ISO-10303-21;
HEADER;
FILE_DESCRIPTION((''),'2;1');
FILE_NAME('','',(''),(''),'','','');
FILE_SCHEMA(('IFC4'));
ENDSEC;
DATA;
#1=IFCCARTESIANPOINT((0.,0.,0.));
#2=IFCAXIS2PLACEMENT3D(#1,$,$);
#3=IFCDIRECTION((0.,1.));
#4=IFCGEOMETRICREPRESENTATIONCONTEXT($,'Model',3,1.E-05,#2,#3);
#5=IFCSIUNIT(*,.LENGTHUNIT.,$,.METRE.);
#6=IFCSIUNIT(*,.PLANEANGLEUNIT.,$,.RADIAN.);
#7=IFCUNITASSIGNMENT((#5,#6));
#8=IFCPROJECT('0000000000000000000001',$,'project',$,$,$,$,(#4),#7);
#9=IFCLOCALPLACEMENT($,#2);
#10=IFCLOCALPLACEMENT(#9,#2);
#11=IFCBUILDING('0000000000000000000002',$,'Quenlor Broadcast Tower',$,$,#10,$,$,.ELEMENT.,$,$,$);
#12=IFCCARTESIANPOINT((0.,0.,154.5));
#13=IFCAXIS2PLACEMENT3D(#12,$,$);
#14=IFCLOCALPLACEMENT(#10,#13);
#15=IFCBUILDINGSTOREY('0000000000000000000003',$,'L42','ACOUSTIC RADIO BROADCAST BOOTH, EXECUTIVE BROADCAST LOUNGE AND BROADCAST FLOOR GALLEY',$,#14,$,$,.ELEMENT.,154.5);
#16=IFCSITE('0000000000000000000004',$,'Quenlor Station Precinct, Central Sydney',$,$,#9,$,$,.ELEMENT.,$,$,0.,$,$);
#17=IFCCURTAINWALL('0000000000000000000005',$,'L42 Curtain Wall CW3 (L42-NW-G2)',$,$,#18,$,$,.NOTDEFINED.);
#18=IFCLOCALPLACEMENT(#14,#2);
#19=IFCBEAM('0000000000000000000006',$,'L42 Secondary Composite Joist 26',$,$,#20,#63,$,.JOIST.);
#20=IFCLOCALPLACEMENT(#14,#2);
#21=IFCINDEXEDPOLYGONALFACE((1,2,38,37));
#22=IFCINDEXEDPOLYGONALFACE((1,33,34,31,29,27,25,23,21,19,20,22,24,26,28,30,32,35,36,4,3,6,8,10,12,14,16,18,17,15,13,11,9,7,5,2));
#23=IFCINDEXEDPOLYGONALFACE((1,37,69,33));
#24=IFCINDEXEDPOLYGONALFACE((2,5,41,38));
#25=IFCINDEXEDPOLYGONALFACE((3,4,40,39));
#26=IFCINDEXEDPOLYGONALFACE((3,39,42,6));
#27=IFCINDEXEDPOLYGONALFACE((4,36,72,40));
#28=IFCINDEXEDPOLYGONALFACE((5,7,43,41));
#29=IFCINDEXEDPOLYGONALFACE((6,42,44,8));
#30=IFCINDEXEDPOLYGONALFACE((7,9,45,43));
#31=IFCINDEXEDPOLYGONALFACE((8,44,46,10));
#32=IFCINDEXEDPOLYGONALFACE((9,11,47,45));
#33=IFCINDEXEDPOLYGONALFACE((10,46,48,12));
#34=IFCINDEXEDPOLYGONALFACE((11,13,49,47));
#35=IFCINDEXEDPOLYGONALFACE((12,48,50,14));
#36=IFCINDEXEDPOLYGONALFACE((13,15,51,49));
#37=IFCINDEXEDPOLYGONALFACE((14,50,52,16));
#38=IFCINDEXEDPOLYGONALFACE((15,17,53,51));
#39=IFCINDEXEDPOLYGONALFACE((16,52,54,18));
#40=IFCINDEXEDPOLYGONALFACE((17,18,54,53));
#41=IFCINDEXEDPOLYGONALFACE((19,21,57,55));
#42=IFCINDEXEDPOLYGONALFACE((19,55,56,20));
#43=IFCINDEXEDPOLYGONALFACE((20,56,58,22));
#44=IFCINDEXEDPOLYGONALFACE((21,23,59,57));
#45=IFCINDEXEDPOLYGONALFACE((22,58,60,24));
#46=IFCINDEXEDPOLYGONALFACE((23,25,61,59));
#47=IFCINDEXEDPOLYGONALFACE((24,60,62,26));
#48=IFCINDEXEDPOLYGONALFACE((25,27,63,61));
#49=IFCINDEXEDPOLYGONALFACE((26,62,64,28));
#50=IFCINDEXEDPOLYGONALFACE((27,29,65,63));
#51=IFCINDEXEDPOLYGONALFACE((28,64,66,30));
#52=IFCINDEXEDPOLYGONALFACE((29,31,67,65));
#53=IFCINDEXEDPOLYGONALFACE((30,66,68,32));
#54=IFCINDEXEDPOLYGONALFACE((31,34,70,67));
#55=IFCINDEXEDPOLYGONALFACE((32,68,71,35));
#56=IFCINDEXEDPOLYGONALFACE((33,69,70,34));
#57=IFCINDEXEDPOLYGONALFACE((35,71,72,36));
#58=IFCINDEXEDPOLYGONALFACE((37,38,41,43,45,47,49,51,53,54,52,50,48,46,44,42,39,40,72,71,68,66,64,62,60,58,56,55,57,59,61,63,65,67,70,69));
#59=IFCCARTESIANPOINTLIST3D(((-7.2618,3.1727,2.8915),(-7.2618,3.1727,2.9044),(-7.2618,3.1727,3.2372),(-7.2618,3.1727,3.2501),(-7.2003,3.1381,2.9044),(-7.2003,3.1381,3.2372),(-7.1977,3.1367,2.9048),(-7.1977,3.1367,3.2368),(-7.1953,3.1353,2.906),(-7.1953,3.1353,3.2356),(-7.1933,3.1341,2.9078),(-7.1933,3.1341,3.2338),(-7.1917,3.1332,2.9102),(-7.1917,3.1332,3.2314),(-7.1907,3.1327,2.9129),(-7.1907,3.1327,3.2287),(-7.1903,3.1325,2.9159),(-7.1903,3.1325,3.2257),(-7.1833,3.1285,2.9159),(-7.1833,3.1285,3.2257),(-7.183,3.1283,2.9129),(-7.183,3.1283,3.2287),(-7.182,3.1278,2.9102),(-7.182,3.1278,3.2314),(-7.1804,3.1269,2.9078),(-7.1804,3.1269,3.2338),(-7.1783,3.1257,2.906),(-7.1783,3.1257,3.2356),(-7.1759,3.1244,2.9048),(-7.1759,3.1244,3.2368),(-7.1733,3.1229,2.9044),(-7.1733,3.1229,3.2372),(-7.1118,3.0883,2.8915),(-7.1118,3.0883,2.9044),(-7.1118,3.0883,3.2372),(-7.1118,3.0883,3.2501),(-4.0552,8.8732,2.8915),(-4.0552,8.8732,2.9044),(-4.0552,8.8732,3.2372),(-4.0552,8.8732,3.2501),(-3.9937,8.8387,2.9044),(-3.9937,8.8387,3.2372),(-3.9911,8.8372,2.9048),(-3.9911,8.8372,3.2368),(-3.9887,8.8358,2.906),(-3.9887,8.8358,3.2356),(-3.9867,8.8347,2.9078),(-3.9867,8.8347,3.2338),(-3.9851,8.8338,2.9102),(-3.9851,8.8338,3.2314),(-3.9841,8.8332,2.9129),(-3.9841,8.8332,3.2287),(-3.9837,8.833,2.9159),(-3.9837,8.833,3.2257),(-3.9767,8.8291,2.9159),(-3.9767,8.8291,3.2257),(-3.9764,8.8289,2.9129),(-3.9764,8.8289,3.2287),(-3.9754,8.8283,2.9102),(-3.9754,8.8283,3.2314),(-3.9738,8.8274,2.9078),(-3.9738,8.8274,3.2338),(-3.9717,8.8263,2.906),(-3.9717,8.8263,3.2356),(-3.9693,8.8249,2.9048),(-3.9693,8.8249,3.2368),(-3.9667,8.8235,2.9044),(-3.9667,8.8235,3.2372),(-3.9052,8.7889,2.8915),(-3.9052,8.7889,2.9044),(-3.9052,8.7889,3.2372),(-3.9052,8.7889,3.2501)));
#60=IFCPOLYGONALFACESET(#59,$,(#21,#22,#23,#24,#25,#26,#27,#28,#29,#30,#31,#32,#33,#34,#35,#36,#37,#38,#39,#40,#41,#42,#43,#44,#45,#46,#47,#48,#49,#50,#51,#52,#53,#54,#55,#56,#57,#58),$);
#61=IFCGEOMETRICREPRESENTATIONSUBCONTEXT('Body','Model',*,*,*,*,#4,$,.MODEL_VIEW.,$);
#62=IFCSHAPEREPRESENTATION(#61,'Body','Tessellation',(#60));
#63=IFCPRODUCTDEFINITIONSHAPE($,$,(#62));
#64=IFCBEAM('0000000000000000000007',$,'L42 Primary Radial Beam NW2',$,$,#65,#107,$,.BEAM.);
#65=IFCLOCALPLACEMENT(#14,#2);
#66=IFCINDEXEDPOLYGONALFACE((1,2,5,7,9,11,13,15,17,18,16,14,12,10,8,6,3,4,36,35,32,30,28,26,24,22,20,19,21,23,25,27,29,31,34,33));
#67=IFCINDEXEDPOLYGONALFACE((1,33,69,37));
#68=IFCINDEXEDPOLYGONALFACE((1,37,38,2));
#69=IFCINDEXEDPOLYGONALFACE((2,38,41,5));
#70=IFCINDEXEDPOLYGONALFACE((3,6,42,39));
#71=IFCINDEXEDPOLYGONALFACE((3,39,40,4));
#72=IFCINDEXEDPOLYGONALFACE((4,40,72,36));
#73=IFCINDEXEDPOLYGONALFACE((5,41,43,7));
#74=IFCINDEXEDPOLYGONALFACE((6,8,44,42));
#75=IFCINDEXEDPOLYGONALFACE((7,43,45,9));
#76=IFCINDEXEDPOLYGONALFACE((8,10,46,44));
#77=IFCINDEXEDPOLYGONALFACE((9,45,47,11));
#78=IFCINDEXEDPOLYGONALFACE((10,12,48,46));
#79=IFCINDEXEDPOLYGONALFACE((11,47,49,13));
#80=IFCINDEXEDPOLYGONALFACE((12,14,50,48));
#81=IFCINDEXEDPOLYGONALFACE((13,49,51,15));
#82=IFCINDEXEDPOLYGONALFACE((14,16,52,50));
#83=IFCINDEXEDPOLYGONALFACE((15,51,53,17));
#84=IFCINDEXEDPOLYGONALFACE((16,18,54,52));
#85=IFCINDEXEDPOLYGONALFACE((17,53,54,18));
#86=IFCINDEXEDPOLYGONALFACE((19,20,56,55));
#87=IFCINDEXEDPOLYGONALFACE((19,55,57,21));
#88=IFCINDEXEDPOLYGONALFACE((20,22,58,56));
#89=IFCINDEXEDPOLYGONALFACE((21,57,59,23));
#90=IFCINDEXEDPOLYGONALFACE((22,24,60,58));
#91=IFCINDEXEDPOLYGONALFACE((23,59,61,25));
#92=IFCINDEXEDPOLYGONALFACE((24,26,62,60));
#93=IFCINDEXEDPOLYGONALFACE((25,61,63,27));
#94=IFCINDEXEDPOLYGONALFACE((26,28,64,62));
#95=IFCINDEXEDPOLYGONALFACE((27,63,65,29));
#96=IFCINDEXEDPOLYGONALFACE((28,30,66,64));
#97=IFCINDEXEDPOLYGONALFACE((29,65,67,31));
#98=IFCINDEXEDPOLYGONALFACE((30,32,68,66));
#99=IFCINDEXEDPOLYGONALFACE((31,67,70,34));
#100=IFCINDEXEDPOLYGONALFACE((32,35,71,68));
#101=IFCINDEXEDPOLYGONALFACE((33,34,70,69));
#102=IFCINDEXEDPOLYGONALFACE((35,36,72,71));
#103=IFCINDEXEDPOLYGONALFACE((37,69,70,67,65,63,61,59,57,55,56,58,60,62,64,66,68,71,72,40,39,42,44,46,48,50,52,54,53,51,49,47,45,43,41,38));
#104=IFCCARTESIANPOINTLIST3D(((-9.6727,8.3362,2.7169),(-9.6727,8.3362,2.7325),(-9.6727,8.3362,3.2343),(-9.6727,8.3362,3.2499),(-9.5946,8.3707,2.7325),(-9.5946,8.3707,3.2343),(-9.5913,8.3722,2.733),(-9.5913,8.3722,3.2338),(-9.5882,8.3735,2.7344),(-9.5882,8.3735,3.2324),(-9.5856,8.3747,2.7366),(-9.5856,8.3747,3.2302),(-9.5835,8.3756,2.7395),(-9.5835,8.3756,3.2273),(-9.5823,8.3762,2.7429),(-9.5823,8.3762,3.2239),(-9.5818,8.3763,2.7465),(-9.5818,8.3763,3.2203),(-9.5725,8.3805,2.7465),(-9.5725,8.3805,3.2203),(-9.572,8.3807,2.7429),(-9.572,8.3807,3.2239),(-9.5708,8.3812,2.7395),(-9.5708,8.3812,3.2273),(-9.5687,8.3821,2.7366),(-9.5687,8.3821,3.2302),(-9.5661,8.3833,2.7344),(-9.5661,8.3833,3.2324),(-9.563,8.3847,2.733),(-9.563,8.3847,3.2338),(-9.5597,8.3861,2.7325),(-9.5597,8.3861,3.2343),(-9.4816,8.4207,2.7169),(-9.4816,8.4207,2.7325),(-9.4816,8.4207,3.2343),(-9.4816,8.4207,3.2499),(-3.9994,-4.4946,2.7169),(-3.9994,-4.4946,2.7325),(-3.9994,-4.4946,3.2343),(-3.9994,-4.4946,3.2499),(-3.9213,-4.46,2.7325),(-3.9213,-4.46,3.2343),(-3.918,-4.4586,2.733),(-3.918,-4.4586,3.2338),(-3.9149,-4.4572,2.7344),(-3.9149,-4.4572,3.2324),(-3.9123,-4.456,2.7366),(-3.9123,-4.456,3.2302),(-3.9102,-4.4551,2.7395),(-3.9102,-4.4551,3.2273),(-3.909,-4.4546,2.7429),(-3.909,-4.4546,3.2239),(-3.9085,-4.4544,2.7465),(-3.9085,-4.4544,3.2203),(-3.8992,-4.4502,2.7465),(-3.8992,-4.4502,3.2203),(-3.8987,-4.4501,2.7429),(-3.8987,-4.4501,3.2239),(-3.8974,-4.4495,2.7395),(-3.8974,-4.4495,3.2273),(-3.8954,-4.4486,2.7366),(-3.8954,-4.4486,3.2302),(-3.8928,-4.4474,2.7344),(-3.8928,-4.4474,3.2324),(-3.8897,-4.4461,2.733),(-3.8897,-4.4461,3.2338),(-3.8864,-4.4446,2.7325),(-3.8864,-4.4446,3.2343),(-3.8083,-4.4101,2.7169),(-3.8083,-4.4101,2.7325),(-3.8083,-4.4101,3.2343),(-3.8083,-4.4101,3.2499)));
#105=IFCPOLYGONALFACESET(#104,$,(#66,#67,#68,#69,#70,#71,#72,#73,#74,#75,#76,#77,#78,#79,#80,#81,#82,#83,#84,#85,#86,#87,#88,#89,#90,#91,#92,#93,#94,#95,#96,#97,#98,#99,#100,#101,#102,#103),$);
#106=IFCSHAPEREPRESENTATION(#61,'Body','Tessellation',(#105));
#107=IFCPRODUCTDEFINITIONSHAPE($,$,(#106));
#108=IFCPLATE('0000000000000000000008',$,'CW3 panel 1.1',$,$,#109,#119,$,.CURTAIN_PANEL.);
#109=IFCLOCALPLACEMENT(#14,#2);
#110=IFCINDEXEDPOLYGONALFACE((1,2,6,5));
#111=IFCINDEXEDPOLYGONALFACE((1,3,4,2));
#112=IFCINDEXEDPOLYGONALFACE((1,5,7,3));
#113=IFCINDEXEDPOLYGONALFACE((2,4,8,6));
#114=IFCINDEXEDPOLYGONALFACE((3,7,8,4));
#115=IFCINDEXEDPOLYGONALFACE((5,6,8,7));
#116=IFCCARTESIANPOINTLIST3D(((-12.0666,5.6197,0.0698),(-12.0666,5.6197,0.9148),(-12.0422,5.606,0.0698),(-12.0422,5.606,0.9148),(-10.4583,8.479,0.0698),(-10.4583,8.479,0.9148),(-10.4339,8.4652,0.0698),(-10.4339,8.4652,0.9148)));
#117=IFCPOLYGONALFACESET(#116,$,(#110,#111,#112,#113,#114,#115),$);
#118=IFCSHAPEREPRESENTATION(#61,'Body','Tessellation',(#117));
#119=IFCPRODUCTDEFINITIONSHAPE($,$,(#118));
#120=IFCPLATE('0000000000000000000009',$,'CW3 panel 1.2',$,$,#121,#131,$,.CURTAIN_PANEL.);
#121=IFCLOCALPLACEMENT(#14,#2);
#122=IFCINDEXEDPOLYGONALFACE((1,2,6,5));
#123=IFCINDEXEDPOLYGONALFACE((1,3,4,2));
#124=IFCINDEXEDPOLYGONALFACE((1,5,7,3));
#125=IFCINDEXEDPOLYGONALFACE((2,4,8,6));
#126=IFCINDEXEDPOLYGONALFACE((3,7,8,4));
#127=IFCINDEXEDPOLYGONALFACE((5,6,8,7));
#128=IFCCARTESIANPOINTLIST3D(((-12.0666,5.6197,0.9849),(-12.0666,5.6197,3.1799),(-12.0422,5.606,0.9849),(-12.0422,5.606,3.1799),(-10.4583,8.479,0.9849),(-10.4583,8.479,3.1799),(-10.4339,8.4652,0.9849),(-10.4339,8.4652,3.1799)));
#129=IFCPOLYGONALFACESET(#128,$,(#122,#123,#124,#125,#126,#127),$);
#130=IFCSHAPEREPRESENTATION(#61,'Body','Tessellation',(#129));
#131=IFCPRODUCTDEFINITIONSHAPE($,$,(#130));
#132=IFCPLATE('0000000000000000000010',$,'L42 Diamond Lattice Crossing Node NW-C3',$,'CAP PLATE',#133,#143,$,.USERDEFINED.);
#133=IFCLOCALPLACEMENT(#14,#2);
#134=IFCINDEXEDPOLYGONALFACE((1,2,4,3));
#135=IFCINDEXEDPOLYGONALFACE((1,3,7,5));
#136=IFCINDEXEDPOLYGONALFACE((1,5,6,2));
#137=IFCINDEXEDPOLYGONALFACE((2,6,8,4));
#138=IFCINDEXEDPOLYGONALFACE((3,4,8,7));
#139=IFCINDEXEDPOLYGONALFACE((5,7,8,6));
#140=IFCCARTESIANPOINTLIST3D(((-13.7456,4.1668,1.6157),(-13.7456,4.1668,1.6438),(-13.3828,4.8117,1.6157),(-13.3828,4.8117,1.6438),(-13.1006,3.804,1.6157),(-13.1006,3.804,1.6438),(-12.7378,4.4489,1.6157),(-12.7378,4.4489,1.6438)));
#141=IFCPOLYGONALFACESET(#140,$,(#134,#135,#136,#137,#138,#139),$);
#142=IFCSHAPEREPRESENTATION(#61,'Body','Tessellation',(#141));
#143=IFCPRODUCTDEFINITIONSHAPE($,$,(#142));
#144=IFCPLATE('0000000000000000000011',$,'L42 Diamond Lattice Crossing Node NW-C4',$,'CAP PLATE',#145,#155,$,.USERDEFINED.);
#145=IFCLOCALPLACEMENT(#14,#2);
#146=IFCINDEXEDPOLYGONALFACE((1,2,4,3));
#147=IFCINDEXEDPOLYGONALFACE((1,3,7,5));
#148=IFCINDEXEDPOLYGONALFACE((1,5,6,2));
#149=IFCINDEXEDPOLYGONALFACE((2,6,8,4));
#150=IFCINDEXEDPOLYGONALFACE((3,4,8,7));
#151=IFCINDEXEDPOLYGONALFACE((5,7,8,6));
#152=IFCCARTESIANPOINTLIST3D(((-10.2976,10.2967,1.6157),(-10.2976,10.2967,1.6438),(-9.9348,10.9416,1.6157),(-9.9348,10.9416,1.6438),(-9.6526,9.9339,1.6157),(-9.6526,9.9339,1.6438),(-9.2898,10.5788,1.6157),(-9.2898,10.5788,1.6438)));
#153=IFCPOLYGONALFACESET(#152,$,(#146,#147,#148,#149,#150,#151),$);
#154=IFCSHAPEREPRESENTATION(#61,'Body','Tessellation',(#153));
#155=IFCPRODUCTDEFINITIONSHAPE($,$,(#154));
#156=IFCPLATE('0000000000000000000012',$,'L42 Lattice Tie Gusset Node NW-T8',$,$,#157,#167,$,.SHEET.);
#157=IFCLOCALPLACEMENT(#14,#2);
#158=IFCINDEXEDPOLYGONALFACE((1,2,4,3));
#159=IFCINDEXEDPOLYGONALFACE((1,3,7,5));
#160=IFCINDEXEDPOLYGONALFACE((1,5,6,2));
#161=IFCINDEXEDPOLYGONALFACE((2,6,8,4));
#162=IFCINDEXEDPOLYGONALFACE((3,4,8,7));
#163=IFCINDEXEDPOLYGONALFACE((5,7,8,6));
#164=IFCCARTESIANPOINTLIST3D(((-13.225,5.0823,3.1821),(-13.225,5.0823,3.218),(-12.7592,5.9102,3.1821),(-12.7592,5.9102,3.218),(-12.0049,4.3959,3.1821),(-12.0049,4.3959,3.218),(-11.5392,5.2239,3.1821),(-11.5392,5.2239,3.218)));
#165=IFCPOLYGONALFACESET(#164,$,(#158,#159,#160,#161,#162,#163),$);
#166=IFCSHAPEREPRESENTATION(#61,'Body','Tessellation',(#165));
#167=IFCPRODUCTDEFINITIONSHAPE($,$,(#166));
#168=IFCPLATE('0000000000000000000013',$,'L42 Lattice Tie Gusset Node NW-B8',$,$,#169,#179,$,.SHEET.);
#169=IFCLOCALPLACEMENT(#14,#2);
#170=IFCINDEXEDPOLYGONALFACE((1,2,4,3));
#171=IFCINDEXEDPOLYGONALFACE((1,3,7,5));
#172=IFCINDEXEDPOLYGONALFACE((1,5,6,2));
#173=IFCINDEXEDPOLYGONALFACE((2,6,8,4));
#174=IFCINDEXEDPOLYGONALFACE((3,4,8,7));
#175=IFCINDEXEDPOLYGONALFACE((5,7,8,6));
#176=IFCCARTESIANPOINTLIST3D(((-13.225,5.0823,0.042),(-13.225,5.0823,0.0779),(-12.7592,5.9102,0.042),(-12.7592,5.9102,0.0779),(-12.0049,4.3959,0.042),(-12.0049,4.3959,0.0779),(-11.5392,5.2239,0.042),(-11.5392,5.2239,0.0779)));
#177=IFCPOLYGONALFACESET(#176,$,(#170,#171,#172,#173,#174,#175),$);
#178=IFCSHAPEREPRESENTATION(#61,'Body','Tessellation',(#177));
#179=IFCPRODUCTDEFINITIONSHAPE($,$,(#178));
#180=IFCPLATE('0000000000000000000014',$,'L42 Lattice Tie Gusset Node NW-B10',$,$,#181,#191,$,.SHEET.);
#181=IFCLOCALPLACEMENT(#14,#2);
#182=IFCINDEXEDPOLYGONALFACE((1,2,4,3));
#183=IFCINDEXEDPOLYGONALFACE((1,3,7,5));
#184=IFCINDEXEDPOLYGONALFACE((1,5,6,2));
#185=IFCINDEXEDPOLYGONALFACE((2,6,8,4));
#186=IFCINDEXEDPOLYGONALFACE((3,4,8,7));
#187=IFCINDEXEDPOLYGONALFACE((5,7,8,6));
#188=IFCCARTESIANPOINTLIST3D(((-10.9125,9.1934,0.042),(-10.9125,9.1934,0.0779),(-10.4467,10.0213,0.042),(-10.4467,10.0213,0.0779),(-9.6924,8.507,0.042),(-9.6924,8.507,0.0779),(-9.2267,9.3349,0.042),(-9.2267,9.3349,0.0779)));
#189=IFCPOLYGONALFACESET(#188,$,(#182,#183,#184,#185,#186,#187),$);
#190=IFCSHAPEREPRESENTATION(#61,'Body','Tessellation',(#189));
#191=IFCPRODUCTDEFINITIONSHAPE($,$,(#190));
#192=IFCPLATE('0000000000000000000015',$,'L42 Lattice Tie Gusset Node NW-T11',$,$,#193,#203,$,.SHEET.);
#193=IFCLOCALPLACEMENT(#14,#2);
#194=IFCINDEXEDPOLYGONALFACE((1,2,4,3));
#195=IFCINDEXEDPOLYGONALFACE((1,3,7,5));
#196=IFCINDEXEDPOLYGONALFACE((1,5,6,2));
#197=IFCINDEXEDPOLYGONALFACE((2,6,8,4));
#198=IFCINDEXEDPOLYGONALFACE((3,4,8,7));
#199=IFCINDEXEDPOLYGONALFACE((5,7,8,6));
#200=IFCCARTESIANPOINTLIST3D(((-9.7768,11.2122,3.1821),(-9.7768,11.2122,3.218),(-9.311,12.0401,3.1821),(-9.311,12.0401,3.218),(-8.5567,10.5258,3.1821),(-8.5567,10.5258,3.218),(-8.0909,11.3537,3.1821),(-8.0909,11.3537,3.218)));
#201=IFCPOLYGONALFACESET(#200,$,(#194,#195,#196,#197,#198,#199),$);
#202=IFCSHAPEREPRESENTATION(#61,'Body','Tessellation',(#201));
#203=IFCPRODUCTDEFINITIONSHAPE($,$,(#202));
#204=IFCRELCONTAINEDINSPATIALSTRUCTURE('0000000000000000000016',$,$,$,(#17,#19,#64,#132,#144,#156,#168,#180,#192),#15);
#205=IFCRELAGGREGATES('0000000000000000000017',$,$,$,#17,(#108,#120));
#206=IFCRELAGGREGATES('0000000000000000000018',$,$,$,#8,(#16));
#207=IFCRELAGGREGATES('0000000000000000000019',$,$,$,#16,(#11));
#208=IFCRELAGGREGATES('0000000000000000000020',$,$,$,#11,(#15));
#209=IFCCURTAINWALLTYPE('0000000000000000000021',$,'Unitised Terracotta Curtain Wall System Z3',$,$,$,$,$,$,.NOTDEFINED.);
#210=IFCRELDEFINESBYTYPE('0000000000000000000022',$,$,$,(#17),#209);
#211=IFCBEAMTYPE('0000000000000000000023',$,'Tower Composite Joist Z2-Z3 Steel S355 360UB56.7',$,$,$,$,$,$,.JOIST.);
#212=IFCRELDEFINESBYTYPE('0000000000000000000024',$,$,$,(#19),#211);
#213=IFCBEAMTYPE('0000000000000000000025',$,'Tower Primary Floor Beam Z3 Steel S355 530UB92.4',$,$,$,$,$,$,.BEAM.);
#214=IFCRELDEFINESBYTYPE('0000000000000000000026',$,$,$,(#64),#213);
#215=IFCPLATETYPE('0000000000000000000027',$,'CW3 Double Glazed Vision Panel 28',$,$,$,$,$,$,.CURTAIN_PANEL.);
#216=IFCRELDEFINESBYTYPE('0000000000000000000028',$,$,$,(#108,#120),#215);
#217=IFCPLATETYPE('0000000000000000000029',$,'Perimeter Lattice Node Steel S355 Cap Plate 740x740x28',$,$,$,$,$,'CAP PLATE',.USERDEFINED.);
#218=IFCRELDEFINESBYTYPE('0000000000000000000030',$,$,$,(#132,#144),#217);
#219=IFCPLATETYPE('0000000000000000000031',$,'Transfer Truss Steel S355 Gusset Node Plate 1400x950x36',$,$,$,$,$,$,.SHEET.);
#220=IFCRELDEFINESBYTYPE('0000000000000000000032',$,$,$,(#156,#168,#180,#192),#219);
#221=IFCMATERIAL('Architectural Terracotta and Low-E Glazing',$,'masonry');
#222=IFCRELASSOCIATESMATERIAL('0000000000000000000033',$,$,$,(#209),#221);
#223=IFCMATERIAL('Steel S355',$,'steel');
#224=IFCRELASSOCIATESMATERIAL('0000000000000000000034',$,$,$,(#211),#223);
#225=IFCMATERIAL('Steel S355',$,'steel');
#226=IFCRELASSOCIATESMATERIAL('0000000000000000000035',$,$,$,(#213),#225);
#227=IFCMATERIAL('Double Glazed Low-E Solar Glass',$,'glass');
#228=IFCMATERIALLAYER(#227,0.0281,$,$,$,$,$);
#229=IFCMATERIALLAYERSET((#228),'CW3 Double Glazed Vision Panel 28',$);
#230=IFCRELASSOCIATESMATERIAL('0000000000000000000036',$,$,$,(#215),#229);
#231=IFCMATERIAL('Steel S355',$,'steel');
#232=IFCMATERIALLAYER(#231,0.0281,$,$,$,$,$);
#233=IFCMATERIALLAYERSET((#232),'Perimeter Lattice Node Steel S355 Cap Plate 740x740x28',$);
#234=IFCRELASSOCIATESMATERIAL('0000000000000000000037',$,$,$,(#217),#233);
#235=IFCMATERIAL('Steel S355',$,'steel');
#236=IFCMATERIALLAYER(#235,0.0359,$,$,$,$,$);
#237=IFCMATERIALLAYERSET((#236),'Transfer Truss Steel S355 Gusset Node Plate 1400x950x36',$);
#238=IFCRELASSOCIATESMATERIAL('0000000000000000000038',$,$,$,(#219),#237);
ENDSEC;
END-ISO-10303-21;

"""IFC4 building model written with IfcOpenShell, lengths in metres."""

from ifc_helpers import new_model, si_unit, direction, frame, origin, origin_2d, place, context, subcontext, project, spatial, rectangle, i_section, extrude, material, layer, layer_set, material_profile, profile_set, type_object, element, aggregate, save


model = new_model("IFC4")

# Units and contexts
model_context = context("Model", 3, precision=1e-05, world=origin(), true_north=direction((0.0, 1.0)))
body_context = subcontext(model_context, "Body", "Model", "MODEL_VIEW")
ifc_project = project(units=[si_unit("LENGTHUNIT", "METRE"), si_unit("PLANEANGLEUNIT", "RADIAN")], contexts=[model_context])

# Site, building, storey
site_placement = place(None, origin())
site = spatial("IfcSite", under=ifc_project, at=site_placement, Name="Quenlor Station Precinct, Central Sydney", CompositionType="ELEMENT", RefElevation=0.0)
building_placement = place(site_placement, origin())
building = spatial("IfcBuilding", under=site, at=building_placement, Name="Quenlor Broadcast Tower", CompositionType="ELEMENT")
storey_placement = place(building_placement, frame((0.0, 0.0, 154.5)))
storey = spatial("IfcBuildingStorey", under=building, at=storey_placement, Name="L42", Description="ACOUSTIC RADIO BROADCAST BOOTH, EXECUTIVE BROADCAST LOUNGE AND BROADCAST FLOOR GALLEY", CompositionType="ELEMENT", Elevation=154.5)

# Curtain wall
ifc_material_1 = material(Name="Architectural Terracotta and Low-E Glazing", Category="masonry")
curtain_wall_type = type_object("IfcCurtainWallType", Name="Unitised Terracotta Curtain Wall System Z3", PredefinedType="NOTDEFINED", material=ifc_material_1)
curtain_wall_placement = place(storey_placement, origin())
curtain_wall = element("IfcCurtainWall", 1, at=curtain_wall_placement, inside=storey, type_object=curtain_wall_type, Name="L42 Curtain Wall CW3 (L42-NW-G2)", PredefinedType="NOTDEFINED")

# Beams
ifc_material_2 = material(Name="Steel S355", Category="steel")
ifc_material_profile_1 = material_profile(ifc_material_2, i_section(OverallWidth=0.1721, OverallDepth=0.3586, WebThickness=0.0081, FlangeThickness=0.0129, FilletRadius=0.0115, at=origin_2d()))
ifc_profile_set_1 = profile_set([ifc_material_profile_1], Name="Steel S355 360UB56.7")
beam_type_1 = type_object("IfcBeamType", Name="Tower Composite Joist Z2-Z3 Steel S355 360UB56.7", PredefinedType="JOIST", material=ifc_profile_set_1)
beam_1_placement = place(storey_placement, frame((-3.9802, 8.8311, 3.0708), z_axis=(-0.490267, -0.871573, 0.0), x_axis=(0.871573, -0.490267, 0.0)))
element("IfcBeam", 2, at=beam_1_placement, inside=storey, type_object=beam_type_1, Name="L42 Secondary Composite Joist 26", PredefinedType="JOIST", context=body_context, shape_type="SweptSolid", body=[
    extrude(i_section(OverallWidth=0.1721, OverallDepth=0.3586, WebThickness=0.0081, FlangeThickness=0.0129, FilletRadius=0.0115, at=origin_2d()), origin(), (0.0, 0.0, 1.0), 6.5405),
])
ifc_material_3 = material(Name="Steel S355", Category="steel")
ifc_material_profile_2 = material_profile(ifc_material_3, i_section(OverallWidth=0.209, OverallDepth=0.533, WebThickness=0.0103, FlangeThickness=0.0156, FilletRadius=0.0139, at=origin_2d()))
ifc_profile_set_2 = profile_set([ifc_material_profile_2], Name="Steel S355 530UB92.4")
beam_type_2 = type_object("IfcBeamType", Name="Tower Primary Floor Beam Z3 Steel S355 530UB92.4", PredefinedType="BEAM", material=ifc_profile_set_2)
beam_2_placement = place(storey_placement, frame((-9.5771, 8.3784, 2.9834), z_axis=(0.404397, -0.914583, 0.0), x_axis=(0.914583, 0.404397, 0.0)))
element("IfcBeam", 3, at=beam_2_placement, inside=storey, type_object=beam_type_2, Name="L42 Primary Radial Beam NW2", PredefinedType="BEAM", context=body_context, shape_type="SweptSolid", body=[
    extrude(i_section(OverallWidth=0.209, OverallDepth=0.533, WebThickness=0.0103, FlangeThickness=0.0156, FilletRadius=0.0139, at=origin_2d()), origin(), (0.0, 0.0, 1.0), 14.0291),
])

# Plates
ifc_material_4 = material(Name="Double Glazed Low-E Solar Glass", Category="glass")
ifc_layer_1 = layer(ifc_material_4, 0.0281)
ifc_layer_set_1 = layer_set([ifc_layer_1], Name="CW3 Double Glazed Vision Panel 28")
plate_type_1 = type_object("IfcPlateType", Name="CW3 Double Glazed Vision Panel 28", PredefinedType="CURTAIN_PANEL", material=ifc_layer_set_1)
plate_1_placement = place(storey_placement, frame((-11.2502, 7.0425, 0.0698), z_axis=(0.0, 0.0, 1.0), x_axis=(0.490256, 0.871579, 0.0)))
plate_1 = element("IfcPlate", 4, at=plate_1_placement, type_object=plate_type_1, Name="CW3 panel 1.1", PredefinedType="CURTAIN_PANEL", context=body_context, shape_type="SweptSolid", body=[
    extrude(rectangle(XDim=3.2805, YDim=0.0281, at=origin_2d()), origin(), (0.0, 0.0, 1.0), 0.845),
])
plate_2_placement = place(storey_placement, frame((-11.2502, 7.0425, 0.9849), z_axis=(0.0, 0.0, 1.0), x_axis=(0.490256, 0.871579, 0.0)))
plate_2 = element("IfcPlate", 5, at=plate_2_placement, type_object=plate_type_1, Name="CW3 panel 1.2", PredefinedType="CURTAIN_PANEL", context=body_context, shape_type="SweptSolid", body=[
    extrude(rectangle(XDim=3.2805, YDim=0.0281, at=origin_2d()), origin(), (0.0, 0.0, 1.0), 2.1951),
])
aggregate(curtain_wall, [plate_1, plate_2])

# Plates
ifc_material_5 = material(Name="Steel S355", Category="steel")
ifc_layer_2 = layer(ifc_material_5, 0.0281)
ifc_layer_set_2 = layer_set([ifc_layer_2], Name="Perimeter Lattice Node Steel S355 Cap Plate 740x740x28")
plate_type_2 = type_object("IfcPlateType", Name="Perimeter Lattice Node Steel S355 Cap Plate 740x740x28", ElementType="CAP PLATE", PredefinedType="USERDEFINED", material=ifc_layer_set_2)
for number, where, z_axis, x_axis, name in (
    (6, (-13.2417, 4.3079, 1.6157), (0.0, 0.0, 1.0), (0.490295, 0.871556, 0.0), "L42 Diamond Lattice Crossing Node NW-C3"),
    (7, (-9.7937, 10.4377, 1.6157), (0.0, 0.0, 1.0), (0.490295, 0.871556, 0.0), "L42 Diamond Lattice Crossing Node NW-C4"),
):
    element("IfcPlate", number, at=place(storey_placement, frame(where, z_axis=z_axis, x_axis=x_axis)), inside=storey, type_object=plate_type_2, Name=name, ObjectType="CAP PLATE", PredefinedType="USERDEFINED", context=body_context, shape_type="SweptSolid", body=[
        extrude(rectangle(XDim=0.74, YDim=0.74, at=origin_2d()), origin(), (0.0, 0.0, 1.0), 0.0281),
    ])
ifc_material_6 = material(Name="Steel S355", Category="steel")
ifc_layer_3 = layer(ifc_material_6, 0.0359)
ifc_layer_set_3 = layer_set([ifc_layer_3], Name="Transfer Truss Steel S355 Gusset Node Plate 1400x950x36")
plate_type_3 = type_object("IfcPlateType", Name="Transfer Truss Steel S355 Gusset Node Plate 1400x950x36", PredefinedType="SHEET", material=ifc_layer_set_3)
for number, where, z_axis, x_axis, name in (
    (8, (-12.3821, 5.1531, 3.1821), (0.0, 0.0, 1.0), (-0.871556, 0.490295, 0.0), "L42 Lattice Tie Gusset Node NW-T8"),
    (9, (-12.3821, 5.1531, 0.042), (0.0, 0.0, 1.0), (-0.871556, 0.490295, 0.0), "L42 Lattice Tie Gusset Node NW-B8"),
    (10, (-10.0696, 9.2642, 0.042), (0.0, 0.0, 1.0), (-0.871556, 0.490295, 0.0), "L42 Lattice Tie Gusset Node NW-B10"),
    (11, (-8.9338, 11.283, 3.1821), (0.0, 0.0, 1.0), (-0.871556, 0.490295, 0.0), "L42 Lattice Tie Gusset Node NW-T11"),
):
    element("IfcPlate", number, at=place(storey_placement, frame(where, z_axis=z_axis, x_axis=x_axis)), inside=storey, type_object=plate_type_3, Name=name, PredefinedType="SHEET", context=body_context, shape_type="SweptSolid", body=[
        extrude(rectangle(XDim=1.3999, YDim=0.95, at=origin_2d()), origin(), (0.0, 0.0, 1.0), 0.0359),
    ])

save(model, "model.ifc")
